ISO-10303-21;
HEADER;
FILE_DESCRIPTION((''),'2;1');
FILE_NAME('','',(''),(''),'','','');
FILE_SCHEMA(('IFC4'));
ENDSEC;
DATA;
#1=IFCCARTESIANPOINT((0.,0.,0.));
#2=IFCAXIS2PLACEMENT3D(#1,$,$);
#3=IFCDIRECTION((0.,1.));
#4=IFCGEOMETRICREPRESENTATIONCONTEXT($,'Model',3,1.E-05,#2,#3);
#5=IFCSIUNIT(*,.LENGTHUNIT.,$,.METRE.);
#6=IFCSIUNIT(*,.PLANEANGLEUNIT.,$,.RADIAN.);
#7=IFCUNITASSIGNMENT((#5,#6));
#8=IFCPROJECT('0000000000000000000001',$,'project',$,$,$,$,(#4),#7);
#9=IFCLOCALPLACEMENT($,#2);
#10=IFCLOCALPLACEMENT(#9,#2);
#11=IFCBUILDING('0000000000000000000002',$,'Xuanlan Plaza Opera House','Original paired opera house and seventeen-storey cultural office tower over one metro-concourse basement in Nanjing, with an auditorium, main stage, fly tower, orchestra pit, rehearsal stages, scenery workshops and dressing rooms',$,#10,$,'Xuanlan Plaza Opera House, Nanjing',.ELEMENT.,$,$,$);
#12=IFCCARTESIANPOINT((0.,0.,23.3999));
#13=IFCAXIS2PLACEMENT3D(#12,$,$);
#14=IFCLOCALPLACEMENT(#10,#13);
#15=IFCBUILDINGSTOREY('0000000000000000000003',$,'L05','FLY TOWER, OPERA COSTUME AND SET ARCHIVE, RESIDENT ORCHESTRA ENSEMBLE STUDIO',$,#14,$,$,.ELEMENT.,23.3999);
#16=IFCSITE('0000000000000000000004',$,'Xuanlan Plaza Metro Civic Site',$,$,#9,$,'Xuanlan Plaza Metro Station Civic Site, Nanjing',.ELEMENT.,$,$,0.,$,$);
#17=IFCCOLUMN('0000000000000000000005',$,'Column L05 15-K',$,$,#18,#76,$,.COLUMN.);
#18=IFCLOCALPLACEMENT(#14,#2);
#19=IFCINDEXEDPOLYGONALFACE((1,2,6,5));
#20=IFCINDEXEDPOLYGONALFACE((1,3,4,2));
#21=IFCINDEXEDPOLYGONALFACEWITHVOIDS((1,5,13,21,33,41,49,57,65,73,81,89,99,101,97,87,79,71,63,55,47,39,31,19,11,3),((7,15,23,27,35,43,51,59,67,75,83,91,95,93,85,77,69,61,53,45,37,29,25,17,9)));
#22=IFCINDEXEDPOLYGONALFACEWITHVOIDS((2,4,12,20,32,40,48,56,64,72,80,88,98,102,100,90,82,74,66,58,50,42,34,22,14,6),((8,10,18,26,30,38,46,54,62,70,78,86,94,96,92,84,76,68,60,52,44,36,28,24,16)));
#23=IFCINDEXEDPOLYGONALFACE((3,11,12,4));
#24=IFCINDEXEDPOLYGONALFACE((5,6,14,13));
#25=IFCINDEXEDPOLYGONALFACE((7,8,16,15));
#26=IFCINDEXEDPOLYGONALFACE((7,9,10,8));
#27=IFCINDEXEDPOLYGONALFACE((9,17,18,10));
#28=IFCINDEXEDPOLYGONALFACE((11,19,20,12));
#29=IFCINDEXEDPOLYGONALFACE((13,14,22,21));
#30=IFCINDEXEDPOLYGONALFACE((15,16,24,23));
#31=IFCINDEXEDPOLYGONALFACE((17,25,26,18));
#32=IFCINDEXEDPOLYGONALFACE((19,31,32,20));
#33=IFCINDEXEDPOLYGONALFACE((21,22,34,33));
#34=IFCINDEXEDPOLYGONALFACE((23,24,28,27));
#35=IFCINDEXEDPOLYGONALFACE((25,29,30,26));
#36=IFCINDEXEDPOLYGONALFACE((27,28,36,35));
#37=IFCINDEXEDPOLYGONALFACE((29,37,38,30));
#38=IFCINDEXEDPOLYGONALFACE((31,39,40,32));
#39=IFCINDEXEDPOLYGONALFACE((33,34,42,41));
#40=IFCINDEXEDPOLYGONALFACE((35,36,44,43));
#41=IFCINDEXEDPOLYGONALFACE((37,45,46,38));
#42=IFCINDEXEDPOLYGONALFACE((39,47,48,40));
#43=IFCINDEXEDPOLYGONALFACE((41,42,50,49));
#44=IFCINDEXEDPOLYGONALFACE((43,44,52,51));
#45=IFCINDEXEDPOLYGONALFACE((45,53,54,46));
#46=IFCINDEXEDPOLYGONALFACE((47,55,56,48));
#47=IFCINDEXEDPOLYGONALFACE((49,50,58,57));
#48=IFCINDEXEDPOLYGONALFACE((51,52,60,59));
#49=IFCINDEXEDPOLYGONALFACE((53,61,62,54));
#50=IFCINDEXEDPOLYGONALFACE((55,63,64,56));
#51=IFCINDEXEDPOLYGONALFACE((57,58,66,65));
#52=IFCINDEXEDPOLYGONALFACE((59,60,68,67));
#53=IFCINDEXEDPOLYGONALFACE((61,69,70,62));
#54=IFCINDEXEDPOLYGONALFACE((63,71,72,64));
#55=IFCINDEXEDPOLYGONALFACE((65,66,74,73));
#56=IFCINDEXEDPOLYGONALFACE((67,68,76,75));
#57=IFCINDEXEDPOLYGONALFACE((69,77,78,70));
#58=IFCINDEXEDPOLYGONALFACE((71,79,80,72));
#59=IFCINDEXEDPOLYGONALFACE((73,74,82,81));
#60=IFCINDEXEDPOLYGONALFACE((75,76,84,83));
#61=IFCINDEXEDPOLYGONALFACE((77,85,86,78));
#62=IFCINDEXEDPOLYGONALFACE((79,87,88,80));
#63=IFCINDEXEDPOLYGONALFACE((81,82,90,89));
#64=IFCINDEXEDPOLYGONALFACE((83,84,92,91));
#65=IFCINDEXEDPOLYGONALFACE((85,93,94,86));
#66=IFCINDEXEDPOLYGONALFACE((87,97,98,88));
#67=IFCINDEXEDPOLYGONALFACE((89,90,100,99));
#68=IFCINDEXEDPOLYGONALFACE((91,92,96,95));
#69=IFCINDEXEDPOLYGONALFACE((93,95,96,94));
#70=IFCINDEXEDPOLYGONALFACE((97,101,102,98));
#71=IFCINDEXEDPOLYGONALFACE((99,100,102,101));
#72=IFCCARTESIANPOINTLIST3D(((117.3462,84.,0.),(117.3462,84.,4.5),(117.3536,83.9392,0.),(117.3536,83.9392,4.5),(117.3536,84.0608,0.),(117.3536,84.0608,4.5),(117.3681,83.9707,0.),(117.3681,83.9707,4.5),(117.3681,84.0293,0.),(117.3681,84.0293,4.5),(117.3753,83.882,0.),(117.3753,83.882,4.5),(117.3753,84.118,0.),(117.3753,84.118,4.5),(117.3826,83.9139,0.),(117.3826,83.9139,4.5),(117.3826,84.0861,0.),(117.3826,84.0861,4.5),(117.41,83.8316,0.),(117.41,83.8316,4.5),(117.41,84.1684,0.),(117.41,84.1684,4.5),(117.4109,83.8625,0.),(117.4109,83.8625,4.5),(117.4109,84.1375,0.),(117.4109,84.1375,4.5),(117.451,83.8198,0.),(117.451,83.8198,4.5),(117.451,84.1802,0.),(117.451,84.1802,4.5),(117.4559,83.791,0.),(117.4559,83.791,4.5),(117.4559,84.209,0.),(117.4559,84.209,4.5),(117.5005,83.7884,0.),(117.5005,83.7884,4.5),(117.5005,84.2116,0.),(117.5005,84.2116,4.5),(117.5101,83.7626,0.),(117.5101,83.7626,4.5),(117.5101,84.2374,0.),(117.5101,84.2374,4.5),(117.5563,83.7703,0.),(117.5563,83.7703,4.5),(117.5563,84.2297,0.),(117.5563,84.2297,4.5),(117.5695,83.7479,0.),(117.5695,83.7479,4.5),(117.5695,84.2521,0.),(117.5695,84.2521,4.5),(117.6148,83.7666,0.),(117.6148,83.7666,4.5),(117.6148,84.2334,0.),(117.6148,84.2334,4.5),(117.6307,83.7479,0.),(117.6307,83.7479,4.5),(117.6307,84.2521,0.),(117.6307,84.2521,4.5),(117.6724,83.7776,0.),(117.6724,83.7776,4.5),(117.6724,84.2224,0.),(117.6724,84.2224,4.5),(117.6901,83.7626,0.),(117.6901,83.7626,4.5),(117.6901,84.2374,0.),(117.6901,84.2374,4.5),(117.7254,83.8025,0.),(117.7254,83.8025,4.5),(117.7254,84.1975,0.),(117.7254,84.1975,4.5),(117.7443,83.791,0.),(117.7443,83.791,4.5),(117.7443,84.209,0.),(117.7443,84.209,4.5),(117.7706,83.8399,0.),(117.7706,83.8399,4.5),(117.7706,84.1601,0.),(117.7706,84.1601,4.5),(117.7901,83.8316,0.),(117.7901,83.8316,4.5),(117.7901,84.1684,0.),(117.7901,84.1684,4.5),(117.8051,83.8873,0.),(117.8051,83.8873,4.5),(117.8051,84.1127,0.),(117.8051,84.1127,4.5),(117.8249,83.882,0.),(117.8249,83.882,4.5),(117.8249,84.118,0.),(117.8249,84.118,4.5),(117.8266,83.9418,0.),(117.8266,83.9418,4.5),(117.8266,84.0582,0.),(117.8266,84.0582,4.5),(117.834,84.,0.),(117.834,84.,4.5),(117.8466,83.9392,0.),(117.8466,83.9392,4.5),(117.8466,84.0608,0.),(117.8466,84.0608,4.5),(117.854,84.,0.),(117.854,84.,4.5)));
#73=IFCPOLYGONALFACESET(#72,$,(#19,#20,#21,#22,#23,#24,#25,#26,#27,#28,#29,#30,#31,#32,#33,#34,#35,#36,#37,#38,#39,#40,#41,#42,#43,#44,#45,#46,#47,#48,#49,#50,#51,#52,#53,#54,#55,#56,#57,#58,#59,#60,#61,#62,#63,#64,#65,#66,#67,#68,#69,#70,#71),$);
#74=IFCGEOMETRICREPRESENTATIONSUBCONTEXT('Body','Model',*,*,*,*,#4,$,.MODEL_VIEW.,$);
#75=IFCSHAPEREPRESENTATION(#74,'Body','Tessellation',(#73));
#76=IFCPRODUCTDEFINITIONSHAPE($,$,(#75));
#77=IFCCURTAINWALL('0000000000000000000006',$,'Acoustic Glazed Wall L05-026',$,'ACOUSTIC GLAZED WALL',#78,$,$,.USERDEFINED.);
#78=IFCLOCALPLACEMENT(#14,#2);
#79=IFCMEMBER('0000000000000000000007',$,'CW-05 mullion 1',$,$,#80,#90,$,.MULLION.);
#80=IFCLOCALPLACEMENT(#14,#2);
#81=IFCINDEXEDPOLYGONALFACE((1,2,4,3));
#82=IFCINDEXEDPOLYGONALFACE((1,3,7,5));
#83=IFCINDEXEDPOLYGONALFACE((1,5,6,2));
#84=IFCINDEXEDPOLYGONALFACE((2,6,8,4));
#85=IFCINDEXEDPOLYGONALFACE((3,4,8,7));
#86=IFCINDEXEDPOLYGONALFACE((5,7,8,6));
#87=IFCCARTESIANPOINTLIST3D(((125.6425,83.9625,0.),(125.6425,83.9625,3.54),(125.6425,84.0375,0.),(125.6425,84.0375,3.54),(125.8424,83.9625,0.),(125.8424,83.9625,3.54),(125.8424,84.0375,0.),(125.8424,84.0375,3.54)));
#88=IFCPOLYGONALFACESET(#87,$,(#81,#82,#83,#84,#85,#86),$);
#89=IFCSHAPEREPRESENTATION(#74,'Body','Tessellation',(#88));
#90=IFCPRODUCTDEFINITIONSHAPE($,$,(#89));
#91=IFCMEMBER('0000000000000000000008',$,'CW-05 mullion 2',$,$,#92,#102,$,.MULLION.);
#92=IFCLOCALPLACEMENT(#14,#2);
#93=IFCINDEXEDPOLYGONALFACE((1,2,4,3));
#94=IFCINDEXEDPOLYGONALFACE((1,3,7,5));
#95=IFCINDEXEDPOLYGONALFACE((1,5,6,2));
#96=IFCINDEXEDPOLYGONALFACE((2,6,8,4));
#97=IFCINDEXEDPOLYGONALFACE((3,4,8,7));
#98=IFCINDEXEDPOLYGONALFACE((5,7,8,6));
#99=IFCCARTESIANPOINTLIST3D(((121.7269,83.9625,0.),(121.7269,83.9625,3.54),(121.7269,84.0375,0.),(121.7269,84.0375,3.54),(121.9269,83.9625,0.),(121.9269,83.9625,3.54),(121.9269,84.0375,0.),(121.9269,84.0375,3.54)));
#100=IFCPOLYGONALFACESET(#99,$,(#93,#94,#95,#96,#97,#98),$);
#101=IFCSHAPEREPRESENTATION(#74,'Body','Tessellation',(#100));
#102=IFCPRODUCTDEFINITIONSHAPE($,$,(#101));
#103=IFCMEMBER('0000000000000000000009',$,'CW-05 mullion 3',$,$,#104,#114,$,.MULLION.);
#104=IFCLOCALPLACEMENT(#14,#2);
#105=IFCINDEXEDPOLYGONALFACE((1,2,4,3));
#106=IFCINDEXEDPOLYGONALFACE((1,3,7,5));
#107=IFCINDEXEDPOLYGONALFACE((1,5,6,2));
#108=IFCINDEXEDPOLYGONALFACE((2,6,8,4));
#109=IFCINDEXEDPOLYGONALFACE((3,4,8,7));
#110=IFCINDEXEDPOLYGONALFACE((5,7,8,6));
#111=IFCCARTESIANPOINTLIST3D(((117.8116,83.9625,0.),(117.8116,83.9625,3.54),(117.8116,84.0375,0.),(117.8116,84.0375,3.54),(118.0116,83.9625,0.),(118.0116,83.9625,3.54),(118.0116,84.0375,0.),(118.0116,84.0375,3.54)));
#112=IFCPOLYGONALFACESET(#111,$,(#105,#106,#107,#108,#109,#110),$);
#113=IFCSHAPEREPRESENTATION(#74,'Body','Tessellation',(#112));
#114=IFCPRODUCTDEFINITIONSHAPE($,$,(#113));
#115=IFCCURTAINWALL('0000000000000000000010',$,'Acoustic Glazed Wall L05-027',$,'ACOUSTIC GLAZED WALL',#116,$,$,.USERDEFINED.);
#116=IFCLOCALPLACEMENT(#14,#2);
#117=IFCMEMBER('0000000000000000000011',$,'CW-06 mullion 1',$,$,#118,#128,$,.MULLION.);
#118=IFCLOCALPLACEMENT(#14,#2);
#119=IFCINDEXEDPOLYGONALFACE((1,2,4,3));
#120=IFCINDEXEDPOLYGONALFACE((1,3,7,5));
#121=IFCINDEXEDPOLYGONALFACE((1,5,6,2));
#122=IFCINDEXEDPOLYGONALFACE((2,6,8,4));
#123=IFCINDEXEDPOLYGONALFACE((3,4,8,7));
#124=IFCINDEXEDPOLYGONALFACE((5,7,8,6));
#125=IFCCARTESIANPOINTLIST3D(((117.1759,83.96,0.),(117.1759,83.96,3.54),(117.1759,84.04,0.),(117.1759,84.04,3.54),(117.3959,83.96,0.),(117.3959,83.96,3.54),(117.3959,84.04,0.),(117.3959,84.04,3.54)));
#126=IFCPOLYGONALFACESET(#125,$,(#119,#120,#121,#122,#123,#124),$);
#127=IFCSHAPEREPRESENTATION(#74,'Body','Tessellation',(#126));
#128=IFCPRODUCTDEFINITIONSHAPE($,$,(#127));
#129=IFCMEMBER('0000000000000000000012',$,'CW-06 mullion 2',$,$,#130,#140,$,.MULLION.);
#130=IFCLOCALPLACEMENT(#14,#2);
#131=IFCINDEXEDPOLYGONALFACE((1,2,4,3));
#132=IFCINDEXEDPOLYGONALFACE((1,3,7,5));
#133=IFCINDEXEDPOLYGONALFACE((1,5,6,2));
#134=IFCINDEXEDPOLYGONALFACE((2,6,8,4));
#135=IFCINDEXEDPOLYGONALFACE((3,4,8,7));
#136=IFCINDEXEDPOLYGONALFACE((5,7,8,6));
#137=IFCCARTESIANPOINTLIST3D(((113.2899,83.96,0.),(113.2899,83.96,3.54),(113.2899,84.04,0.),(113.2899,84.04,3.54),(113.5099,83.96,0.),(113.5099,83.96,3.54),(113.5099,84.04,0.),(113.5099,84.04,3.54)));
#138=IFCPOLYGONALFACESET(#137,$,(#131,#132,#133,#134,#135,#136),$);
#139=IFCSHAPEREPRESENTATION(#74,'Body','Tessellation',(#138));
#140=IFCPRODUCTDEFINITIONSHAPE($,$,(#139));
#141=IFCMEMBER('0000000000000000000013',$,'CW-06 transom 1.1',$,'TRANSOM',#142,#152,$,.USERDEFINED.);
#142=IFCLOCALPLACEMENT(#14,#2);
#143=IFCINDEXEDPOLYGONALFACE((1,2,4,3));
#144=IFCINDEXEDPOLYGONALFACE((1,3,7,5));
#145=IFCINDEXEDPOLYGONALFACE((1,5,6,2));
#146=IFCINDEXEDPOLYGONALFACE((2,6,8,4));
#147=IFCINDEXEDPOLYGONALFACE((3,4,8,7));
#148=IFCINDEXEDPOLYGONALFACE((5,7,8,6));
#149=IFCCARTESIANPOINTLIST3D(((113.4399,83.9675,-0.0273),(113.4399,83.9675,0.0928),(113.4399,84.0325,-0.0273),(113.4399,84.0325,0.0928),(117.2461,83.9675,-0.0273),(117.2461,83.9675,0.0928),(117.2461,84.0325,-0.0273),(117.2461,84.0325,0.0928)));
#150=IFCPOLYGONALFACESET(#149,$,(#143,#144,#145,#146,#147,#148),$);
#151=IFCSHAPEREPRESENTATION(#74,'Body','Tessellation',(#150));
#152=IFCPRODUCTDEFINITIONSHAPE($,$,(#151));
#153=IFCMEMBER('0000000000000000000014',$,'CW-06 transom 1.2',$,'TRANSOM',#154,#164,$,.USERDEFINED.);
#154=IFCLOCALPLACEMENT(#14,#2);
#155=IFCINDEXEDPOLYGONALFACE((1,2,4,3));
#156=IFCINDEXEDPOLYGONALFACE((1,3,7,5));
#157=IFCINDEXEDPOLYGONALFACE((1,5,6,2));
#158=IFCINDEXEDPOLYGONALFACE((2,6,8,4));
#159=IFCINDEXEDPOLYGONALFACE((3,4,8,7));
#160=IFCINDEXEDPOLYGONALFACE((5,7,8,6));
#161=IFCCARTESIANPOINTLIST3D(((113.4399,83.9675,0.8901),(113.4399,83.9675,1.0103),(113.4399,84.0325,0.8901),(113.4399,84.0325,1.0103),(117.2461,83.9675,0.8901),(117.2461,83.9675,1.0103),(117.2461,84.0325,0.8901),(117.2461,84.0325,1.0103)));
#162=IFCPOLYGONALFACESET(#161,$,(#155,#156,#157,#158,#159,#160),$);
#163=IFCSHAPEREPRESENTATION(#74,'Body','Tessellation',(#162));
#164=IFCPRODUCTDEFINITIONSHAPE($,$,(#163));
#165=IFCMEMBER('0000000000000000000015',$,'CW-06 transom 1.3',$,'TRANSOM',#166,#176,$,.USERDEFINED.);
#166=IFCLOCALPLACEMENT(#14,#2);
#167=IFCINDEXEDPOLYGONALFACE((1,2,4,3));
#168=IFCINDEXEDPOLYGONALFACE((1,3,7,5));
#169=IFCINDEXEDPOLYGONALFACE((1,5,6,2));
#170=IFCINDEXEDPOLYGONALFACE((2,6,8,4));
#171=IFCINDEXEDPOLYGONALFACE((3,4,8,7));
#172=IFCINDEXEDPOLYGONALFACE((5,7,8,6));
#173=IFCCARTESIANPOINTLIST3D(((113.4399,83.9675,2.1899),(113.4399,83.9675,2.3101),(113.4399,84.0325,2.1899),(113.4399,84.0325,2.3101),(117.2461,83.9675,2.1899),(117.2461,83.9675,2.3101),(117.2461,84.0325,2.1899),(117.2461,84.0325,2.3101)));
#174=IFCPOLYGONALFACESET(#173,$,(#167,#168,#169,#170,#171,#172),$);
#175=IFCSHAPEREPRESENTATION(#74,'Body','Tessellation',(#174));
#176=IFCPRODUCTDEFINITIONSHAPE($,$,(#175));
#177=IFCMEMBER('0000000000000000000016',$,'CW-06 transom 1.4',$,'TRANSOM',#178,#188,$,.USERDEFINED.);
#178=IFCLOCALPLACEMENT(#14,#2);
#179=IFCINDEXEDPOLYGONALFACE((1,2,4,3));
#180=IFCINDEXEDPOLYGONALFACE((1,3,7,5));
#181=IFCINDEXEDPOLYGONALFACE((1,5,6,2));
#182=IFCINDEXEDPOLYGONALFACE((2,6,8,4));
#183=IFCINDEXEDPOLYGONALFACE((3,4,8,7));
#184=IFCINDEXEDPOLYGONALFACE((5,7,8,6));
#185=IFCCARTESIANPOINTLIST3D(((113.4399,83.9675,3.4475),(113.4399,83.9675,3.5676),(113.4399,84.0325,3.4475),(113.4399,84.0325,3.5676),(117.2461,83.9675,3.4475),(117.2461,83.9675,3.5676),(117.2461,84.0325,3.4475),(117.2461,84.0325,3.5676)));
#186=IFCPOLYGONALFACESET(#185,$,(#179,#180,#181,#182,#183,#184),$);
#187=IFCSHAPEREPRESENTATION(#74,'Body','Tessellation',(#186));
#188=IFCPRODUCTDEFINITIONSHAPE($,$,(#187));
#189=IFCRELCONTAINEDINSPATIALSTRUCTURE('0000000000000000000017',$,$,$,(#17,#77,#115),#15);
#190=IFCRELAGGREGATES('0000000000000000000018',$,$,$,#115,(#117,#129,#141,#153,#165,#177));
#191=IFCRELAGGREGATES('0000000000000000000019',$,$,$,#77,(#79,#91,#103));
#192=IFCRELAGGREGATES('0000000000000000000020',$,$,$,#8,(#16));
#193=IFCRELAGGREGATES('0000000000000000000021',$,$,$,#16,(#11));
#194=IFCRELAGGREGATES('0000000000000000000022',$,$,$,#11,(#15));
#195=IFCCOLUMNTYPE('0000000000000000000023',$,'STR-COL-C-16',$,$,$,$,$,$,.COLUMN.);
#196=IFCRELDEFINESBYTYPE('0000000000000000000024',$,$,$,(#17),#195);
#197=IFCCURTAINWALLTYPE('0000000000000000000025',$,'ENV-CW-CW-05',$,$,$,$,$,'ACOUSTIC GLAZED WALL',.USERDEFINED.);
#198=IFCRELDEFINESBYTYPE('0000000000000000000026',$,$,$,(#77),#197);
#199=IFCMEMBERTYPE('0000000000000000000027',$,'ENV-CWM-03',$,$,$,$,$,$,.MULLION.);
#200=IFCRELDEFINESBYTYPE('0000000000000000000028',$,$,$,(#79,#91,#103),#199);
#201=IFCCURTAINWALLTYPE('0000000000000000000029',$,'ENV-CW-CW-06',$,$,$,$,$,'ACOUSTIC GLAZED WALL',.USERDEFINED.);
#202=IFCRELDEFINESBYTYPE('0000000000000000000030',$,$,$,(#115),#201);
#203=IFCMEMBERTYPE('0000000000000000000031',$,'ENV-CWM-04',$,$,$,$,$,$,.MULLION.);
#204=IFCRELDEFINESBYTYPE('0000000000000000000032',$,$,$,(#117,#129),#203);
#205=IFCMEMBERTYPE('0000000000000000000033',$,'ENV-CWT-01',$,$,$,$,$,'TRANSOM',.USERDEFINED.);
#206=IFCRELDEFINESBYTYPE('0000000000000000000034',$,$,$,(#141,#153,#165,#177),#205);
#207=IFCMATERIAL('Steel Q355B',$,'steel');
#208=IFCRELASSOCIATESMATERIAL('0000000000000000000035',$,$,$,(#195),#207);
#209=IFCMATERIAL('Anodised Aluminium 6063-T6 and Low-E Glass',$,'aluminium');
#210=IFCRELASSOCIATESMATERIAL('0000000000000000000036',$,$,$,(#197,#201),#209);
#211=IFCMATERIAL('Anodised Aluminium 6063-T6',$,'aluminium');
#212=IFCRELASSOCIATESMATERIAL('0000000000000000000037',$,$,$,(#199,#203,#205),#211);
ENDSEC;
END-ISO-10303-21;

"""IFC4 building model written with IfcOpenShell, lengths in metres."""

from ifc_helpers import new_model, si_unit, direction, frame, origin, origin_2d, place, context, subcontext, project, spatial, rectangle, hollow_circle, extrude, material, material_profile, profile_set, type_object, element, aggregate, save


model = new_model("IFC4")

# Units and contexts
model_context = context("Model", 3, precision=1e-05, world=origin(), true_north=direction((0.0, 1.0)))
body_context = subcontext(model_context, "Body", "Model", "MODEL_VIEW")
ifc_project = project(units=[si_unit("LENGTHUNIT", "METRE"), si_unit("PLANEANGLEUNIT", "RADIAN")], contexts=[model_context])

# Site, building, storey
site_placement = place(None, origin())
site = spatial("IfcSite", under=ifc_project, at=site_placement, Name="Xuanlan Plaza Metro Civic Site", LongName="Xuanlan Plaza Metro Station Civic Site, Nanjing", CompositionType="ELEMENT", RefElevation=0.0)
building_placement = place(site_placement, origin())
building = spatial("IfcBuilding", under=site, at=building_placement, Name="Xuanlan Plaza Opera House", Description="Original paired opera house and seventeen-storey cultural office tower over one metro-concourse basement in Nanjing, with an auditorium, main stage, fly tower, orchestra pit, rehearsal stages, scenery workshops and dressing rooms", LongName="Xuanlan Plaza Opera House, Nanjing", CompositionType="ELEMENT")
storey_placement = place(building_placement, frame((0.0, 0.0, 23.3999)))
storey = spatial("IfcBuildingStorey", under=building, at=storey_placement, Name="L05", Description="FLY TOWER, OPERA COSTUME AND SET ARCHIVE, RESIDENT ORCHESTRA ENSEMBLE STUDIO", CompositionType="ELEMENT", Elevation=23.3999)

# Column
ifc_material_1 = material(Name="Steel Q355B", Category="steel")
ifc_material_profile_1 = material_profile(ifc_material_1, hollow_circle(Radius=0.2539, WallThickness=0.02, at=origin_2d()), Name="CHS 508x20")
ifc_profile_set_1 = profile_set([ifc_material_profile_1], Name="Steel Q355B")
column_type = type_object("IfcColumnType", Name="STR-COL-C-16", PredefinedType="COLUMN", material=ifc_profile_set_1)
column_placement = place(storey_placement, frame((117.6001, 84.0, 0.0), z_axis=(0.0, 0.0, 1.0), x_axis=(1.0, 0.0, 0.0)))
element("IfcColumn", 1, at=column_placement, inside=storey, type_object=column_type, Name="Column L05 15-K", PredefinedType="COLUMN", context=body_context, shape_type="SweptSolid", body=[
    extrude(hollow_circle(Radius=0.2539, WallThickness=0.02, at=origin_2d()), origin(), (0.0, 0.0, 1.0), 4.5),
])

# Curtain walls, members
ifc_material_2 = material(Name="Anodised Aluminium 6063-T6 and Low-E Glass", Category="aluminium")
curtain_wall_type_1 = type_object("IfcCurtainWallType", Name="ENV-CW-CW-05", ElementType="ACOUSTIC GLAZED WALL", PredefinedType="USERDEFINED", material=ifc_material_2)
curtain_wall_1_placement = place(storey_placement, origin())
curtain_wall_1 = element("IfcCurtainWall", 2, at=curtain_wall_1_placement, inside=storey, type_object=curtain_wall_type_1, Name="Acoustic Glazed Wall L05-026", ObjectType="ACOUSTIC GLAZED WALL", PredefinedType="USERDEFINED")
ifc_material_3 = material(Name="Anodised Aluminium 6063-T6", Category="aluminium")
ifc_material_profile_2 = material_profile(ifc_material_3, rectangle(XDim=0.075, YDim=0.2, at=origin_2d()), Name="ALU-M 75x200")
ifc_profile_set_2 = profile_set([ifc_material_profile_2], Name="Anodised Aluminium 6063-T6")
member_type_1 = type_object("IfcMemberType", Name="ENV-CWM-03", PredefinedType="MULLION", material=ifc_profile_set_2)
member_1_placement = place(storey_placement, frame((125.7424, 84.0, 0.0), z_axis=(0.0, 0.0, 1.0), x_axis=(0.0, -1.0, 0.0)))
member_1 = element("IfcMember", 3, at=member_1_placement, type_object=member_type_1, Name="CW-05 mullion 1", PredefinedType="MULLION", context=body_context, shape_type="SweptSolid", body=[
    extrude(rectangle(XDim=0.075, YDim=0.2, at=origin_2d()), origin(), (0.0, 0.0, 1.0), 3.54),
])
member_2_placement = place(storey_placement, frame((121.8269, 84.0, 0.0), z_axis=(0.0, 0.0, 1.0), x_axis=(0.0, -1.0, 0.0)))
member_2 = element("IfcMember", 4, at=member_2_placement, type_object=member_type_1, Name="CW-05 mullion 2", PredefinedType="MULLION", context=body_context, shape_type="SweptSolid", body=[
    extrude(rectangle(XDim=0.075, YDim=0.2, at=origin_2d()), origin(), (0.0, 0.0, 1.0), 3.54),
])
member_3_placement = place(storey_placement, frame((117.9116, 84.0, 0.0), z_axis=(0.0, 0.0, 1.0), x_axis=(0.0, -1.0, 0.0)))
member_3 = element("IfcMember", 5, at=member_3_placement, type_object=member_type_1, Name="CW-05 mullion 3", PredefinedType="MULLION", context=body_context, shape_type="SweptSolid", body=[
    extrude(rectangle(XDim=0.075, YDim=0.2, at=origin_2d()), origin(), (0.0, 0.0, 1.0), 3.54),
])
curtain_wall_type_2 = type_object("IfcCurtainWallType", Name="ENV-CW-CW-06", ElementType="ACOUSTIC GLAZED WALL", PredefinedType="USERDEFINED", material=ifc_material_2)
curtain_wall_2_placement = place(storey_placement, origin())
curtain_wall_2 = element("IfcCurtainWall", 6, at=curtain_wall_2_placement, inside=storey, type_object=curtain_wall_type_2, Name="Acoustic Glazed Wall L05-027", ObjectType="ACOUSTIC GLAZED WALL", PredefinedType="USERDEFINED")
ifc_material_profile_3 = material_profile(ifc_material_3, rectangle(XDim=0.0801, YDim=0.22, at=origin_2d()), Name="ALU-M 80x220")
ifc_profile_set_3 = profile_set([ifc_material_profile_3], Name="Anodised Aluminium 6063-T6")
member_type_2 = type_object("IfcMemberType", Name="ENV-CWM-04", PredefinedType="MULLION", material=ifc_profile_set_3)
member_4_placement = place(storey_placement, frame((117.2859, 84.0, 0.0), z_axis=(0.0, 0.0, 1.0), x_axis=(0.0, -1.0, 0.0)))
member_4 = element("IfcMember", 7, at=member_4_placement, type_object=member_type_2, Name="CW-06 mullion 1", PredefinedType="MULLION", context=body_context, shape_type="SweptSolid", body=[
    extrude(rectangle(XDim=0.0801, YDim=0.22, at=origin_2d()), origin(), (0.0, 0.0, 1.0), 3.54),
])
member_5_placement = place(storey_placement, frame((113.3999, 84.0, 0.0), z_axis=(0.0, 0.0, 1.0), x_axis=(0.0, -1.0, 0.0)))
member_5 = element("IfcMember", 8, at=member_5_placement, type_object=member_type_2, Name="CW-06 mullion 2", PredefinedType="MULLION", context=body_context, shape_type="SweptSolid", body=[
    extrude(rectangle(XDim=0.0801, YDim=0.22, at=origin_2d()), origin(), (0.0, 0.0, 1.0), 3.54),
])
ifc_material_profile_4 = material_profile(ifc_material_3, rectangle(XDim=0.0649, YDim=0.1201, at=origin_2d()), Name="ALU-T 65x120")
ifc_profile_set_4 = profile_set([ifc_material_profile_4], Name="Anodised Aluminium 6063-T6")
member_type_3 = type_object("IfcMemberType", Name="ENV-CWT-01", ElementType="TRANSOM", PredefinedType="USERDEFINED", material=ifc_profile_set_4)
member_6_placement = place(storey_placement, frame((117.2461, 84.0, 0.0327), z_axis=(-1.0, 0.0, 0.0), x_axis=(0.0, -1.0, 0.0)))
member_6 = element("IfcMember", 9, at=member_6_placement, type_object=member_type_3, Name="CW-06 transom 1.1", ObjectType="TRANSOM", PredefinedType="USERDEFINED", context=body_context, shape_type="SweptSolid", body=[
    extrude(rectangle(XDim=0.0649, YDim=0.1201, at=origin_2d()), origin(), (0.0, 0.0, 1.0), 3.8062),
])
member_7_placement = place(storey_placement, frame((117.2461, 84.0, 0.9502), z_axis=(-1.0, 0.0, 0.0), x_axis=(0.0, -1.0, 0.0)))
member_7 = element("IfcMember", 10, at=member_7_placement, type_object=member_type_3, Name="CW-06 transom 1.2", ObjectType="TRANSOM", PredefinedType="USERDEFINED", context=body_context, shape_type="SweptSolid", body=[
    extrude(rectangle(XDim=0.0649, YDim=0.1201, at=origin_2d()), origin(), (0.0, 0.0, 1.0), 3.8062),
])
member_8_placement = place(storey_placement, frame((117.2461, 84.0, 2.25), z_axis=(-1.0, 0.0, 0.0), x_axis=(0.0, -1.0, 0.0)))
member_8 = element("IfcMember", 11, at=member_8_placement, type_object=member_type_3, Name="CW-06 transom 1.3", ObjectType="TRANSOM", PredefinedType="USERDEFINED", context=body_context, shape_type="SweptSolid", body=[
    extrude(rectangle(XDim=0.0649, YDim=0.1201, at=origin_2d()), origin(), (0.0, 0.0, 1.0), 3.8062),
])
member_9_placement = place(storey_placement, frame((117.2461, 84.0, 3.5076), z_axis=(-1.0, 0.0, 0.0), x_axis=(0.0, -1.0, 0.0)))
member_9 = element("IfcMember", 12, at=member_9_placement, type_object=member_type_3, Name="CW-06 transom 1.4", ObjectType="TRANSOM", PredefinedType="USERDEFINED", context=body_context, shape_type="SweptSolid", body=[
    extrude(rectangle(XDim=0.0649, YDim=0.1201, at=origin_2d()), origin(), (0.0, 0.0, 1.0), 3.8062),
])

aggregate(curtain_wall_2, [member_4, member_5, member_6, member_7, member_8, member_9])
aggregate(curtain_wall_1, [member_1, member_2, member_3])

save(model, "model.ifc")
